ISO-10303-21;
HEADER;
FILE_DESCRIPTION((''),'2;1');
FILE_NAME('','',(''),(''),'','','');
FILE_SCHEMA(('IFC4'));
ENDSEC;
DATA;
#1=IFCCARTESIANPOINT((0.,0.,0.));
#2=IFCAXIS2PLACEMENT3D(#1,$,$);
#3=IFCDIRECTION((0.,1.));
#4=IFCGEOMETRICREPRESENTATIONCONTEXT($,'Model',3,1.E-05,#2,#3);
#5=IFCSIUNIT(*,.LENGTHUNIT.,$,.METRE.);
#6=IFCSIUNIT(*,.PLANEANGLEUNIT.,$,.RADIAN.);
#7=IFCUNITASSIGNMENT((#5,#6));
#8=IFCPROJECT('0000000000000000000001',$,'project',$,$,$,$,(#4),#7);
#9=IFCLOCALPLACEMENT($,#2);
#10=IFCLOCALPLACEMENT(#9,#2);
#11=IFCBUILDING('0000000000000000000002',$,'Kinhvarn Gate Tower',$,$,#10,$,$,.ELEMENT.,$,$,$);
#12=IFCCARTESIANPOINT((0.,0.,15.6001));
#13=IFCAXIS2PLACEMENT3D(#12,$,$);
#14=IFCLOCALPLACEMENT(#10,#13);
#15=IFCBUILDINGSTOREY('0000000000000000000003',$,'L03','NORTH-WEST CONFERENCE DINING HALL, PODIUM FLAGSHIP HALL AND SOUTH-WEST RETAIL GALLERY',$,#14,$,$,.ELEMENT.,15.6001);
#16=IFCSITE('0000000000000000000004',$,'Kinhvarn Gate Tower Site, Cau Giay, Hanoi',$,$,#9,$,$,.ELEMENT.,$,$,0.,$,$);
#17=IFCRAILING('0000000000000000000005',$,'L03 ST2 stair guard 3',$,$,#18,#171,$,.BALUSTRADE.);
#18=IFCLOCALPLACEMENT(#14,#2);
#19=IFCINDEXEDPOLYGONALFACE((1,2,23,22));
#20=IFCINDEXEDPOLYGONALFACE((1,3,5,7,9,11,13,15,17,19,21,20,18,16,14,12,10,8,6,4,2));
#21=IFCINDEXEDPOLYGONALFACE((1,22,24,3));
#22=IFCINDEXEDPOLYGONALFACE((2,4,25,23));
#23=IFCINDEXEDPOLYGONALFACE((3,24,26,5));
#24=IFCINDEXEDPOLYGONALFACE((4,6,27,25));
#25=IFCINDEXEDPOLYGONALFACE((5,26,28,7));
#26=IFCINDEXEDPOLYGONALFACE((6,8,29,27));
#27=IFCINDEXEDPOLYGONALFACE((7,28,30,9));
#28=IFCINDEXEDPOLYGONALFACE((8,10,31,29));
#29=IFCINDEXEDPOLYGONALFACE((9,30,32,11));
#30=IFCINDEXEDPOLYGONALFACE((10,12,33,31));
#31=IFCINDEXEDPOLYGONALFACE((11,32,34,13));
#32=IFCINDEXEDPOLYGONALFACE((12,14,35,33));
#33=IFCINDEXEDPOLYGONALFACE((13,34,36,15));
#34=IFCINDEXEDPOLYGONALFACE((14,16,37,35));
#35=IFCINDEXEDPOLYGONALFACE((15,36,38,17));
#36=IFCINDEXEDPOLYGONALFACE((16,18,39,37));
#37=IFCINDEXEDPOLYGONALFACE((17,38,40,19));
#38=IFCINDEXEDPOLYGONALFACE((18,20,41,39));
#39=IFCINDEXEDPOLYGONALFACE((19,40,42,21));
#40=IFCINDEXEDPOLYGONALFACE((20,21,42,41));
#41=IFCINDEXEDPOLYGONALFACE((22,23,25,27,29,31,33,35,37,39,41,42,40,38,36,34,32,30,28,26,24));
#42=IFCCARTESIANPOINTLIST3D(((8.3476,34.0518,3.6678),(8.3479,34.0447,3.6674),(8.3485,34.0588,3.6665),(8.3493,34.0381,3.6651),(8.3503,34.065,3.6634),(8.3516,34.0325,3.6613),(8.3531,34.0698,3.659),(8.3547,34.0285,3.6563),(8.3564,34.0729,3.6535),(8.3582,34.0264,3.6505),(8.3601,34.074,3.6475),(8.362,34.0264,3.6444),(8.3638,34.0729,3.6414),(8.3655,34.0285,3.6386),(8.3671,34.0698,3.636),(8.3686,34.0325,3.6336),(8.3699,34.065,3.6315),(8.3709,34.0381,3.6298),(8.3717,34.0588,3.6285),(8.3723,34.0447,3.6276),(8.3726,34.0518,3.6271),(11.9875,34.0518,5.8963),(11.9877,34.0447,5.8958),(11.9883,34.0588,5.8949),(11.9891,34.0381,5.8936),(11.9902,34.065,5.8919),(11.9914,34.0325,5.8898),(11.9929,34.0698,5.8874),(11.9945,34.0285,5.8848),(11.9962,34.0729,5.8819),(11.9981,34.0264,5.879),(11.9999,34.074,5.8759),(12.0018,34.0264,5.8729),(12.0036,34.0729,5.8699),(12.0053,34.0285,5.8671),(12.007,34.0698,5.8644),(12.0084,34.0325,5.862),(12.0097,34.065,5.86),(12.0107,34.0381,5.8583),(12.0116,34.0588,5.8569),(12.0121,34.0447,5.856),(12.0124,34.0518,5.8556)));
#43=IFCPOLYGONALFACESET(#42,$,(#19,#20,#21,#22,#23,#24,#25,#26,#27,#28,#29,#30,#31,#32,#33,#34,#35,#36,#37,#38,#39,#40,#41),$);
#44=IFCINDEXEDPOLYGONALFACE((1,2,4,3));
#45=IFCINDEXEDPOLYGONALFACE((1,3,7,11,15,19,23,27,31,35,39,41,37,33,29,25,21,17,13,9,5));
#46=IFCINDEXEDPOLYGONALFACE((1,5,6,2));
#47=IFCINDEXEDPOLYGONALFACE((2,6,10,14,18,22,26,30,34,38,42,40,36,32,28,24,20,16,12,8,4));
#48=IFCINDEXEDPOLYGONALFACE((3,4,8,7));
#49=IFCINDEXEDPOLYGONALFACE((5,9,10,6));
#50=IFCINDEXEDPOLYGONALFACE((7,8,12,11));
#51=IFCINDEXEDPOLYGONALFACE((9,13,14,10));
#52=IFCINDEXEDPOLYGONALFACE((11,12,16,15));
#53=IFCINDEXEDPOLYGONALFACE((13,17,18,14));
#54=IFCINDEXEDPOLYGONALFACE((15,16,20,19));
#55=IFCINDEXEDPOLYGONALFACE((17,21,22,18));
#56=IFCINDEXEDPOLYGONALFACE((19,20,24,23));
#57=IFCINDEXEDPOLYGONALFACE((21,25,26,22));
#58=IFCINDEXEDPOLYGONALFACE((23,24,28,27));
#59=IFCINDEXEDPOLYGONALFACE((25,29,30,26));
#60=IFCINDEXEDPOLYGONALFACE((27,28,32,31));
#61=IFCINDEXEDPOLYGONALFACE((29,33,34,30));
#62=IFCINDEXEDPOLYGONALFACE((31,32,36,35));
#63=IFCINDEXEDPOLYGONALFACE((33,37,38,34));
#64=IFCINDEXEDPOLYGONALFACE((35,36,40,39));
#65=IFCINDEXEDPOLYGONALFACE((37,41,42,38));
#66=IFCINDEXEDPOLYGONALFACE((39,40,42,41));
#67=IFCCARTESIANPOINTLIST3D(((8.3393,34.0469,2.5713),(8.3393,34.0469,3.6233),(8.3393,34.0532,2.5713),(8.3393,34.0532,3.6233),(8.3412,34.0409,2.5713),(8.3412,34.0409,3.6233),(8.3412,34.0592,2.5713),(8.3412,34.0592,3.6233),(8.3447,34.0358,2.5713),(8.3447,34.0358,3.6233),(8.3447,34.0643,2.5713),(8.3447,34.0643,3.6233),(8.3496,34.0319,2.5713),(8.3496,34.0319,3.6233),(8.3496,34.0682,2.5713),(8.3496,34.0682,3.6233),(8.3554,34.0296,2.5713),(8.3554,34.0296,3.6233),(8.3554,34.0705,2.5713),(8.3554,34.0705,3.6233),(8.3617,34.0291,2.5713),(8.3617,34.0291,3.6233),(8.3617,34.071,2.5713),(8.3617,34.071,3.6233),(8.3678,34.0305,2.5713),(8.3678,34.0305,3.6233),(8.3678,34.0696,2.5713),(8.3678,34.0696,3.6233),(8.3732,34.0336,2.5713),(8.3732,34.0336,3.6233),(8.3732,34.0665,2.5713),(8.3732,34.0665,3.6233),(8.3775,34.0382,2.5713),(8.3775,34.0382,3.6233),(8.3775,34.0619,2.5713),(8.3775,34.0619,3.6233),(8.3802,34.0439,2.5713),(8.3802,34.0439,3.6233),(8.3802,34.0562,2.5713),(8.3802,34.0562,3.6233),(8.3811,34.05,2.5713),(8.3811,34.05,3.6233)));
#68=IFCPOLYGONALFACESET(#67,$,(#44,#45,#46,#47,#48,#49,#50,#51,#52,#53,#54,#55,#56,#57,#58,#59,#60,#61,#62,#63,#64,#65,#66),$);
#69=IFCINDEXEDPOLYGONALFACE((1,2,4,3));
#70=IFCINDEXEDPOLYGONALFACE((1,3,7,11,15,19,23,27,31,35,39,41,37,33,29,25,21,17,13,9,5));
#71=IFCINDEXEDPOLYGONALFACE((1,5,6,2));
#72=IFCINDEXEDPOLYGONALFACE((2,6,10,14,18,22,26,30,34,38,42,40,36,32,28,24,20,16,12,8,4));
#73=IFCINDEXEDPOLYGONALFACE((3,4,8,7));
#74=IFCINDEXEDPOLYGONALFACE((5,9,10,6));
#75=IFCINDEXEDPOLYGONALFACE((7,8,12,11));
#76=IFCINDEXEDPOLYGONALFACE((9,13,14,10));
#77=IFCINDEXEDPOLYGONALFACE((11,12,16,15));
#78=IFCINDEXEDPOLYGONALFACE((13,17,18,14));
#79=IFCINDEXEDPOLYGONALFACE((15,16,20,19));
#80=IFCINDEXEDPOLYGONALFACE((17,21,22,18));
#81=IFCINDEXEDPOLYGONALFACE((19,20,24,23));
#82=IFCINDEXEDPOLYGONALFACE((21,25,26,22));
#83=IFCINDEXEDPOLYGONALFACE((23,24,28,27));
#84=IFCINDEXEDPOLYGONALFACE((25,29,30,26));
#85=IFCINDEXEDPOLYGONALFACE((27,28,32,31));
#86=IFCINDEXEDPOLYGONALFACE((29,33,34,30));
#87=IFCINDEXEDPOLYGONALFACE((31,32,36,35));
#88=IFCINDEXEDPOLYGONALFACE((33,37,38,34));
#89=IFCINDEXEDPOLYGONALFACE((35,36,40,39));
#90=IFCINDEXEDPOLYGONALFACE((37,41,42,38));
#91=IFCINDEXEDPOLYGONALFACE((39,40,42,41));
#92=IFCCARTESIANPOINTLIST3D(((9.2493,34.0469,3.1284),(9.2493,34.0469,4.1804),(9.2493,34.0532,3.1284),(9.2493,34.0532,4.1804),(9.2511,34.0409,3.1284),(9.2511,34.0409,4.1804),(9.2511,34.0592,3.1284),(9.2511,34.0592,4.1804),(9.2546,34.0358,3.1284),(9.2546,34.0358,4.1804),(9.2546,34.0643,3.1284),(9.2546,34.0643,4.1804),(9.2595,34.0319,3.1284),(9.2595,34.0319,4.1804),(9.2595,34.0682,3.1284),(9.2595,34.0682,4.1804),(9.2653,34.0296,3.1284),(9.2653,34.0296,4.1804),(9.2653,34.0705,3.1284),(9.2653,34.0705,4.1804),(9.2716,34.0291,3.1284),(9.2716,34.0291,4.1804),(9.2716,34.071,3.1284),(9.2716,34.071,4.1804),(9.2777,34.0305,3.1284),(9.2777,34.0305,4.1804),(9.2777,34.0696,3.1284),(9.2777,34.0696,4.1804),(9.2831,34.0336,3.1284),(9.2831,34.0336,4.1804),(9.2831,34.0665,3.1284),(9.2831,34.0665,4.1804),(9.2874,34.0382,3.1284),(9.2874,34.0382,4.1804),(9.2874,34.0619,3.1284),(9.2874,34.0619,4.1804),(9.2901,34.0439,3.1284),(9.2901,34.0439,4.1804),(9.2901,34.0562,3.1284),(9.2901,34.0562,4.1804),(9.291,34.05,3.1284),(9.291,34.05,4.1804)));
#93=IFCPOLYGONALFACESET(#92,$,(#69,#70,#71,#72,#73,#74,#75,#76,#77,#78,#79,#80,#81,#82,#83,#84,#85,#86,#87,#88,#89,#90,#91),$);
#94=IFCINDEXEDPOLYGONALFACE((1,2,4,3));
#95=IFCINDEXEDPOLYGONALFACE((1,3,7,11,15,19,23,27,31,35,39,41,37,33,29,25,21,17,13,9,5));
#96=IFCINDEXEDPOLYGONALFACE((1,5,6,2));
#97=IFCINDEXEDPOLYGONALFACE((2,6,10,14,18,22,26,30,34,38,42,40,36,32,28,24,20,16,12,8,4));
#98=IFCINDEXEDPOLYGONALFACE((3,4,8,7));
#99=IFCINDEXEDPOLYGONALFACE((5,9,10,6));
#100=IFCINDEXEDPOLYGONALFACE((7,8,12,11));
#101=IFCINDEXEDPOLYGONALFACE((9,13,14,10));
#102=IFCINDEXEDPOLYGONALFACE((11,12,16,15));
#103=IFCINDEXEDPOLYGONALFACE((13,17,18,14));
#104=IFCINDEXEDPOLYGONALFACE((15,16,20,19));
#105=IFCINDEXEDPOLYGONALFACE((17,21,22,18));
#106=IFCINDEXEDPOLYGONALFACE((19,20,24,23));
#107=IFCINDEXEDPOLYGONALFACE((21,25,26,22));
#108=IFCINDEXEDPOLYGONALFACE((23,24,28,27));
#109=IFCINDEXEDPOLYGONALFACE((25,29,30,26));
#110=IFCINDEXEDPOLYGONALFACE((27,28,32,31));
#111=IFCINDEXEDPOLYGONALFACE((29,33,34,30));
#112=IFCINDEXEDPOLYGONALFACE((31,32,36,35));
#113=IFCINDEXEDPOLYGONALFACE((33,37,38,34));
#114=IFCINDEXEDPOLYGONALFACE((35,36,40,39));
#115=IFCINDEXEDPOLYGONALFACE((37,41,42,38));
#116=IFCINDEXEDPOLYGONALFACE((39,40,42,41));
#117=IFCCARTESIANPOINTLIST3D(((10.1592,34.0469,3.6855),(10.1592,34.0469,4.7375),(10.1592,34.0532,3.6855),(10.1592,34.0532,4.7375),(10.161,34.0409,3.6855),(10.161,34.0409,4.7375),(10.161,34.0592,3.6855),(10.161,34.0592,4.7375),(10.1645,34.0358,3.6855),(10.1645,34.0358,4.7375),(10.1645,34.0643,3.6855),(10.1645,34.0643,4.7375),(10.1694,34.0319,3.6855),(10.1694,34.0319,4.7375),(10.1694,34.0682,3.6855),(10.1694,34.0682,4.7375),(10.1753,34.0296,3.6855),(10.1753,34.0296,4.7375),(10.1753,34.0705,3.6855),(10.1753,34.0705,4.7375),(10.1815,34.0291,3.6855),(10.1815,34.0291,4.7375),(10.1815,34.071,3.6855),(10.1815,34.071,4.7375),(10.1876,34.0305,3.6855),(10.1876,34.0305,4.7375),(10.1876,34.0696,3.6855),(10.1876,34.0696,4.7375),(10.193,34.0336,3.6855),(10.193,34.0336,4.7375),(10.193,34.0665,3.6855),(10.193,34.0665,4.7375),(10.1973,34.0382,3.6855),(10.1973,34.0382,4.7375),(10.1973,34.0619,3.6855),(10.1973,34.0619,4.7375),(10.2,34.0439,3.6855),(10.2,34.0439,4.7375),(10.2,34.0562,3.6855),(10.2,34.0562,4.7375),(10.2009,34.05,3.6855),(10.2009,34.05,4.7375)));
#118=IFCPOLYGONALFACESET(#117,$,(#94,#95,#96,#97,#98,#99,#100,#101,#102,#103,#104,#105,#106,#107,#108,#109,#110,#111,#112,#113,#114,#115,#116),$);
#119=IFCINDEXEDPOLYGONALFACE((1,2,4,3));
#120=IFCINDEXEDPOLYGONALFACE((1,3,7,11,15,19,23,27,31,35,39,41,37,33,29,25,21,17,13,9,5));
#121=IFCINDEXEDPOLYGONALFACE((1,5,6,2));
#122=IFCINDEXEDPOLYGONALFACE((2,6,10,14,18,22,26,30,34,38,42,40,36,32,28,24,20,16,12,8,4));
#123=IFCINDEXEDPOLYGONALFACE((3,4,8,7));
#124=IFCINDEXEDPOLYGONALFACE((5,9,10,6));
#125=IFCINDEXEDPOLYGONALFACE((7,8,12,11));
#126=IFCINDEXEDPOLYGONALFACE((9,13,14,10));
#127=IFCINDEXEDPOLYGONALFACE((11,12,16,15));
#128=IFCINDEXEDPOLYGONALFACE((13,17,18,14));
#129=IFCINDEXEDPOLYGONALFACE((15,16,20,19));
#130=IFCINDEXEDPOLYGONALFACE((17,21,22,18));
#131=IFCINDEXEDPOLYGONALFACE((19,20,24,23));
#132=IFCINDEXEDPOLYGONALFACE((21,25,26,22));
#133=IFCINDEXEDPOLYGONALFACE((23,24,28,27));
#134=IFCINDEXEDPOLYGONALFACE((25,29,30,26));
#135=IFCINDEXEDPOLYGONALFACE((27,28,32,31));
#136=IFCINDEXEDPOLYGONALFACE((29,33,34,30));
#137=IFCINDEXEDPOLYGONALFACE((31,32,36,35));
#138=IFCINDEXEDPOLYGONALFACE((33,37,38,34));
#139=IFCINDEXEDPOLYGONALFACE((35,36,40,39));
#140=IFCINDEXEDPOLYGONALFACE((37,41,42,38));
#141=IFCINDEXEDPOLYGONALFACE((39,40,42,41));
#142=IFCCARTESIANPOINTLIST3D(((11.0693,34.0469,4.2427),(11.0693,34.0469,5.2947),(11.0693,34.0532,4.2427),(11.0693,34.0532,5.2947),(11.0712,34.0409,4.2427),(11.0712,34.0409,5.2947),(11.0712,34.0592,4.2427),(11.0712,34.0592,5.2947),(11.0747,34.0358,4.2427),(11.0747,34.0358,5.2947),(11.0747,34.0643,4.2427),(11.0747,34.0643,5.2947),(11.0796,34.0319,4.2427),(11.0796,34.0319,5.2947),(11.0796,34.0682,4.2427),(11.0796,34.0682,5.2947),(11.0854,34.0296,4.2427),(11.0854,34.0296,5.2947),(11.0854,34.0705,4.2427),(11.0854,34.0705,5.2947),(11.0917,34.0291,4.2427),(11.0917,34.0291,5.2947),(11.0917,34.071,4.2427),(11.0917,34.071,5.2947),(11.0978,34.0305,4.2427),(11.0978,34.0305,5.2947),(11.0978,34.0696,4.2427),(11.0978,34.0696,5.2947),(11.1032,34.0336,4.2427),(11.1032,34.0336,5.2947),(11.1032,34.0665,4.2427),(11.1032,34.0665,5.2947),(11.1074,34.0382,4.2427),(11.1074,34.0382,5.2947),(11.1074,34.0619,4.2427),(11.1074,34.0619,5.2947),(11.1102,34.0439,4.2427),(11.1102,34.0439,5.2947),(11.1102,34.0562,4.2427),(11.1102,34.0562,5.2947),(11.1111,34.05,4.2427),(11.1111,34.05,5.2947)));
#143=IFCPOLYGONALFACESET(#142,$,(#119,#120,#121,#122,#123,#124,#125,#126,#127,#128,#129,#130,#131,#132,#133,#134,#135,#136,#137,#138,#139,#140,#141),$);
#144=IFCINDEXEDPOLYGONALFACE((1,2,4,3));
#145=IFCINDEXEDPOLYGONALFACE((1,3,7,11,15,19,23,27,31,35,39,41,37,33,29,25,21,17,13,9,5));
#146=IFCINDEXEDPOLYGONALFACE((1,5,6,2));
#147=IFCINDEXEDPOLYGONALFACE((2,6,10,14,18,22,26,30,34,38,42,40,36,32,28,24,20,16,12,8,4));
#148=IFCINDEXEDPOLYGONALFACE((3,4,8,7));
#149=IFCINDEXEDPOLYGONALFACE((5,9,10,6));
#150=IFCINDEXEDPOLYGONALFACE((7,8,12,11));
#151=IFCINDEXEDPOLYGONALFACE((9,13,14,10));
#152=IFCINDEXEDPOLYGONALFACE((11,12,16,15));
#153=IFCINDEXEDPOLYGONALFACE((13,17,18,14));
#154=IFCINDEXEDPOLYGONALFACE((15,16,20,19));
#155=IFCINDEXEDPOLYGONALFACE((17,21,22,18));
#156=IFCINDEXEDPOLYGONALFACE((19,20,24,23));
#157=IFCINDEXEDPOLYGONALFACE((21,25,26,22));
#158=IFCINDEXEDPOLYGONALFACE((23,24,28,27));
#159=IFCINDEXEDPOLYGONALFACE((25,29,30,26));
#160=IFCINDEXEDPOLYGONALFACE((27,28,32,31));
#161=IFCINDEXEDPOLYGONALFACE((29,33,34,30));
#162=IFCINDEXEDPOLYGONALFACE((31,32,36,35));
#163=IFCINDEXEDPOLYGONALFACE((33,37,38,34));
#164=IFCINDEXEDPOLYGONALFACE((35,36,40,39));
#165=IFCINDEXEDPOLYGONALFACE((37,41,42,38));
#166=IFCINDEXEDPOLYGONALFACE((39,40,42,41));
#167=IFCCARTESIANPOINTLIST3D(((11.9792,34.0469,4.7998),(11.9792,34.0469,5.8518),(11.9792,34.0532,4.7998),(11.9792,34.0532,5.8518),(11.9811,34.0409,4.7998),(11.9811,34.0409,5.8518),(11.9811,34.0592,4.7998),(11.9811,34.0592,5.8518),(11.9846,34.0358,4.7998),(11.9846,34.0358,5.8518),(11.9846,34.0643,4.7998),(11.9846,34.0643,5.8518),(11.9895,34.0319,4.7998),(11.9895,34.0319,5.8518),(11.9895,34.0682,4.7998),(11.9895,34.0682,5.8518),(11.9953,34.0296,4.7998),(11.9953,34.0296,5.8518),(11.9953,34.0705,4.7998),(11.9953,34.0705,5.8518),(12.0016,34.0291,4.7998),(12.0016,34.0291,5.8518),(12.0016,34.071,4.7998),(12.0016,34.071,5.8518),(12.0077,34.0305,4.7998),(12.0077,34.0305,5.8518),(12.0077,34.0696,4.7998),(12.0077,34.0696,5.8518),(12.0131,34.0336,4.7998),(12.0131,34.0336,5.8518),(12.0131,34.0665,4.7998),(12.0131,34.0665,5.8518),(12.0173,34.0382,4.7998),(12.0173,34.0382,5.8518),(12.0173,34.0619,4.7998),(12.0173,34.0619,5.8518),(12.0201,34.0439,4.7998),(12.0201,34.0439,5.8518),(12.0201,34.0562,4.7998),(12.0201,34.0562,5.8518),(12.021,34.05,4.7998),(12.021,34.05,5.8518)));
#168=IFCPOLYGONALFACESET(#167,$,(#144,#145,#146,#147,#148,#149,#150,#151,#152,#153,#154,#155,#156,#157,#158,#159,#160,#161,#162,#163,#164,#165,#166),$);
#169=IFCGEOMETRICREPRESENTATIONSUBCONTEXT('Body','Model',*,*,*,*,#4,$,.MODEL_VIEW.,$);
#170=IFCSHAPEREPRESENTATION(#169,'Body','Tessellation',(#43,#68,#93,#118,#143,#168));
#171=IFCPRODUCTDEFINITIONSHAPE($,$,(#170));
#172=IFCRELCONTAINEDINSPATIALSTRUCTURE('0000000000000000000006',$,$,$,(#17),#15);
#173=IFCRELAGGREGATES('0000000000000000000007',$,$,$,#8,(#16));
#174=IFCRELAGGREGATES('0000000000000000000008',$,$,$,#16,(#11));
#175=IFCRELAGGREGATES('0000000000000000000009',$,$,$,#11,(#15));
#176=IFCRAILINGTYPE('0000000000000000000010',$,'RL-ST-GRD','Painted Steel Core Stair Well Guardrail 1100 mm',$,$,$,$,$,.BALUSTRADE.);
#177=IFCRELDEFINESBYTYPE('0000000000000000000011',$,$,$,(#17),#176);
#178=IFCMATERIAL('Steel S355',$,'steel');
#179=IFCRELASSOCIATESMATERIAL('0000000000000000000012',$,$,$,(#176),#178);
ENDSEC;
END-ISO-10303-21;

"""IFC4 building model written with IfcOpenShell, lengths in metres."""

from ifc_helpers import new_model, si_unit, direction, frame, origin, origin_2d, place, context, subcontext, project, spatial, circle, extrude, material, type_object, element, save


model = new_model("IFC4")

# Units and contexts
model_context = context("Model", 3, precision=1e-05, world=origin(), true_north=direction((0.0, 1.0)))
body_context = subcontext(model_context, "Body", "Model", "MODEL_VIEW")
ifc_project = project(units=[si_unit("LENGTHUNIT", "METRE"), si_unit("PLANEANGLEUNIT", "RADIAN")], contexts=[model_context])

# Site, building, storey
site_placement = place(None, origin())
site = spatial("IfcSite", under=ifc_project, at=site_placement, Name="Kinhvarn Gate Tower Site, Cau Giay, Hanoi", CompositionType="ELEMENT", RefElevation=0.0)
building_placement = place(site_placement, origin())
building = spatial("IfcBuilding", under=site, at=building_placement, Name="Kinhvarn Gate Tower", CompositionType="ELEMENT")
storey_placement = place(building_placement, frame((0.0, 0.0, 15.6001)))
storey = spatial("IfcBuildingStorey", under=building, at=storey_placement, Name="L03", Description="NORTH-WEST CONFERENCE DINING HALL, PODIUM FLAGSHIP HALL AND SOUTH-WEST RETAIL GALLERY", CompositionType="ELEMENT", Elevation=15.6001)

# Shared definitions
ifc_material_1 = material(Name="Steel S355", Category="steel")

# Railing
railing_type_1 = type_object("IfcRailingType", Name="RL-ST-GRD", Description="Painted Steel Core Stair Well Guardrail 1100 mm", PredefinedType="BALUSTRADE", material=ifc_material_1)
railing_1_placement = place(storey_placement, frame((8.3601, 34.05, 2.5713)))
element("IfcRailing", 1, at=railing_1_placement, inside=storey, type_object=railing_type_1, Name="L03 ST2 stair guard 3", PredefinedType="BALUSTRADE", context=body_context, shape_type="SweptSolid", body=[
    extrude(circle(Radius=0.0239, at=origin_2d()), frame((0.0, 0.0, 1.0762), z_axis=(0.85285, 0.0, 0.522156), x_axis=(0.0, 1.0, 0.0)), (0.0, 0.0, 1.0), 4.2678),
    extrude(circle(Radius=0.021, at=origin_2d()), origin(), (0.0, 0.0, 1.0), 1.052),
    extrude(circle(Radius=0.021, at=origin_2d()), frame((0.9099, 0.0, 0.5571)), (0.0, 0.0, 1.0), 1.052),
    extrude(circle(Radius=0.021, at=origin_2d()), frame((1.8198, 0.0, 1.1143)), (0.0, 0.0, 1.0), 1.052),
    extrude(circle(Radius=0.021, at=origin_2d()), frame((2.73, 0.0, 1.6714)), (0.0, 0.0, 1.0), 1.052),
    extrude(circle(Radius=0.021, at=origin_2d()), frame((3.6399, 0.0, 2.2285)), (0.0, 0.0, 1.0), 1.052),
])

save(model, "model.ifc")
